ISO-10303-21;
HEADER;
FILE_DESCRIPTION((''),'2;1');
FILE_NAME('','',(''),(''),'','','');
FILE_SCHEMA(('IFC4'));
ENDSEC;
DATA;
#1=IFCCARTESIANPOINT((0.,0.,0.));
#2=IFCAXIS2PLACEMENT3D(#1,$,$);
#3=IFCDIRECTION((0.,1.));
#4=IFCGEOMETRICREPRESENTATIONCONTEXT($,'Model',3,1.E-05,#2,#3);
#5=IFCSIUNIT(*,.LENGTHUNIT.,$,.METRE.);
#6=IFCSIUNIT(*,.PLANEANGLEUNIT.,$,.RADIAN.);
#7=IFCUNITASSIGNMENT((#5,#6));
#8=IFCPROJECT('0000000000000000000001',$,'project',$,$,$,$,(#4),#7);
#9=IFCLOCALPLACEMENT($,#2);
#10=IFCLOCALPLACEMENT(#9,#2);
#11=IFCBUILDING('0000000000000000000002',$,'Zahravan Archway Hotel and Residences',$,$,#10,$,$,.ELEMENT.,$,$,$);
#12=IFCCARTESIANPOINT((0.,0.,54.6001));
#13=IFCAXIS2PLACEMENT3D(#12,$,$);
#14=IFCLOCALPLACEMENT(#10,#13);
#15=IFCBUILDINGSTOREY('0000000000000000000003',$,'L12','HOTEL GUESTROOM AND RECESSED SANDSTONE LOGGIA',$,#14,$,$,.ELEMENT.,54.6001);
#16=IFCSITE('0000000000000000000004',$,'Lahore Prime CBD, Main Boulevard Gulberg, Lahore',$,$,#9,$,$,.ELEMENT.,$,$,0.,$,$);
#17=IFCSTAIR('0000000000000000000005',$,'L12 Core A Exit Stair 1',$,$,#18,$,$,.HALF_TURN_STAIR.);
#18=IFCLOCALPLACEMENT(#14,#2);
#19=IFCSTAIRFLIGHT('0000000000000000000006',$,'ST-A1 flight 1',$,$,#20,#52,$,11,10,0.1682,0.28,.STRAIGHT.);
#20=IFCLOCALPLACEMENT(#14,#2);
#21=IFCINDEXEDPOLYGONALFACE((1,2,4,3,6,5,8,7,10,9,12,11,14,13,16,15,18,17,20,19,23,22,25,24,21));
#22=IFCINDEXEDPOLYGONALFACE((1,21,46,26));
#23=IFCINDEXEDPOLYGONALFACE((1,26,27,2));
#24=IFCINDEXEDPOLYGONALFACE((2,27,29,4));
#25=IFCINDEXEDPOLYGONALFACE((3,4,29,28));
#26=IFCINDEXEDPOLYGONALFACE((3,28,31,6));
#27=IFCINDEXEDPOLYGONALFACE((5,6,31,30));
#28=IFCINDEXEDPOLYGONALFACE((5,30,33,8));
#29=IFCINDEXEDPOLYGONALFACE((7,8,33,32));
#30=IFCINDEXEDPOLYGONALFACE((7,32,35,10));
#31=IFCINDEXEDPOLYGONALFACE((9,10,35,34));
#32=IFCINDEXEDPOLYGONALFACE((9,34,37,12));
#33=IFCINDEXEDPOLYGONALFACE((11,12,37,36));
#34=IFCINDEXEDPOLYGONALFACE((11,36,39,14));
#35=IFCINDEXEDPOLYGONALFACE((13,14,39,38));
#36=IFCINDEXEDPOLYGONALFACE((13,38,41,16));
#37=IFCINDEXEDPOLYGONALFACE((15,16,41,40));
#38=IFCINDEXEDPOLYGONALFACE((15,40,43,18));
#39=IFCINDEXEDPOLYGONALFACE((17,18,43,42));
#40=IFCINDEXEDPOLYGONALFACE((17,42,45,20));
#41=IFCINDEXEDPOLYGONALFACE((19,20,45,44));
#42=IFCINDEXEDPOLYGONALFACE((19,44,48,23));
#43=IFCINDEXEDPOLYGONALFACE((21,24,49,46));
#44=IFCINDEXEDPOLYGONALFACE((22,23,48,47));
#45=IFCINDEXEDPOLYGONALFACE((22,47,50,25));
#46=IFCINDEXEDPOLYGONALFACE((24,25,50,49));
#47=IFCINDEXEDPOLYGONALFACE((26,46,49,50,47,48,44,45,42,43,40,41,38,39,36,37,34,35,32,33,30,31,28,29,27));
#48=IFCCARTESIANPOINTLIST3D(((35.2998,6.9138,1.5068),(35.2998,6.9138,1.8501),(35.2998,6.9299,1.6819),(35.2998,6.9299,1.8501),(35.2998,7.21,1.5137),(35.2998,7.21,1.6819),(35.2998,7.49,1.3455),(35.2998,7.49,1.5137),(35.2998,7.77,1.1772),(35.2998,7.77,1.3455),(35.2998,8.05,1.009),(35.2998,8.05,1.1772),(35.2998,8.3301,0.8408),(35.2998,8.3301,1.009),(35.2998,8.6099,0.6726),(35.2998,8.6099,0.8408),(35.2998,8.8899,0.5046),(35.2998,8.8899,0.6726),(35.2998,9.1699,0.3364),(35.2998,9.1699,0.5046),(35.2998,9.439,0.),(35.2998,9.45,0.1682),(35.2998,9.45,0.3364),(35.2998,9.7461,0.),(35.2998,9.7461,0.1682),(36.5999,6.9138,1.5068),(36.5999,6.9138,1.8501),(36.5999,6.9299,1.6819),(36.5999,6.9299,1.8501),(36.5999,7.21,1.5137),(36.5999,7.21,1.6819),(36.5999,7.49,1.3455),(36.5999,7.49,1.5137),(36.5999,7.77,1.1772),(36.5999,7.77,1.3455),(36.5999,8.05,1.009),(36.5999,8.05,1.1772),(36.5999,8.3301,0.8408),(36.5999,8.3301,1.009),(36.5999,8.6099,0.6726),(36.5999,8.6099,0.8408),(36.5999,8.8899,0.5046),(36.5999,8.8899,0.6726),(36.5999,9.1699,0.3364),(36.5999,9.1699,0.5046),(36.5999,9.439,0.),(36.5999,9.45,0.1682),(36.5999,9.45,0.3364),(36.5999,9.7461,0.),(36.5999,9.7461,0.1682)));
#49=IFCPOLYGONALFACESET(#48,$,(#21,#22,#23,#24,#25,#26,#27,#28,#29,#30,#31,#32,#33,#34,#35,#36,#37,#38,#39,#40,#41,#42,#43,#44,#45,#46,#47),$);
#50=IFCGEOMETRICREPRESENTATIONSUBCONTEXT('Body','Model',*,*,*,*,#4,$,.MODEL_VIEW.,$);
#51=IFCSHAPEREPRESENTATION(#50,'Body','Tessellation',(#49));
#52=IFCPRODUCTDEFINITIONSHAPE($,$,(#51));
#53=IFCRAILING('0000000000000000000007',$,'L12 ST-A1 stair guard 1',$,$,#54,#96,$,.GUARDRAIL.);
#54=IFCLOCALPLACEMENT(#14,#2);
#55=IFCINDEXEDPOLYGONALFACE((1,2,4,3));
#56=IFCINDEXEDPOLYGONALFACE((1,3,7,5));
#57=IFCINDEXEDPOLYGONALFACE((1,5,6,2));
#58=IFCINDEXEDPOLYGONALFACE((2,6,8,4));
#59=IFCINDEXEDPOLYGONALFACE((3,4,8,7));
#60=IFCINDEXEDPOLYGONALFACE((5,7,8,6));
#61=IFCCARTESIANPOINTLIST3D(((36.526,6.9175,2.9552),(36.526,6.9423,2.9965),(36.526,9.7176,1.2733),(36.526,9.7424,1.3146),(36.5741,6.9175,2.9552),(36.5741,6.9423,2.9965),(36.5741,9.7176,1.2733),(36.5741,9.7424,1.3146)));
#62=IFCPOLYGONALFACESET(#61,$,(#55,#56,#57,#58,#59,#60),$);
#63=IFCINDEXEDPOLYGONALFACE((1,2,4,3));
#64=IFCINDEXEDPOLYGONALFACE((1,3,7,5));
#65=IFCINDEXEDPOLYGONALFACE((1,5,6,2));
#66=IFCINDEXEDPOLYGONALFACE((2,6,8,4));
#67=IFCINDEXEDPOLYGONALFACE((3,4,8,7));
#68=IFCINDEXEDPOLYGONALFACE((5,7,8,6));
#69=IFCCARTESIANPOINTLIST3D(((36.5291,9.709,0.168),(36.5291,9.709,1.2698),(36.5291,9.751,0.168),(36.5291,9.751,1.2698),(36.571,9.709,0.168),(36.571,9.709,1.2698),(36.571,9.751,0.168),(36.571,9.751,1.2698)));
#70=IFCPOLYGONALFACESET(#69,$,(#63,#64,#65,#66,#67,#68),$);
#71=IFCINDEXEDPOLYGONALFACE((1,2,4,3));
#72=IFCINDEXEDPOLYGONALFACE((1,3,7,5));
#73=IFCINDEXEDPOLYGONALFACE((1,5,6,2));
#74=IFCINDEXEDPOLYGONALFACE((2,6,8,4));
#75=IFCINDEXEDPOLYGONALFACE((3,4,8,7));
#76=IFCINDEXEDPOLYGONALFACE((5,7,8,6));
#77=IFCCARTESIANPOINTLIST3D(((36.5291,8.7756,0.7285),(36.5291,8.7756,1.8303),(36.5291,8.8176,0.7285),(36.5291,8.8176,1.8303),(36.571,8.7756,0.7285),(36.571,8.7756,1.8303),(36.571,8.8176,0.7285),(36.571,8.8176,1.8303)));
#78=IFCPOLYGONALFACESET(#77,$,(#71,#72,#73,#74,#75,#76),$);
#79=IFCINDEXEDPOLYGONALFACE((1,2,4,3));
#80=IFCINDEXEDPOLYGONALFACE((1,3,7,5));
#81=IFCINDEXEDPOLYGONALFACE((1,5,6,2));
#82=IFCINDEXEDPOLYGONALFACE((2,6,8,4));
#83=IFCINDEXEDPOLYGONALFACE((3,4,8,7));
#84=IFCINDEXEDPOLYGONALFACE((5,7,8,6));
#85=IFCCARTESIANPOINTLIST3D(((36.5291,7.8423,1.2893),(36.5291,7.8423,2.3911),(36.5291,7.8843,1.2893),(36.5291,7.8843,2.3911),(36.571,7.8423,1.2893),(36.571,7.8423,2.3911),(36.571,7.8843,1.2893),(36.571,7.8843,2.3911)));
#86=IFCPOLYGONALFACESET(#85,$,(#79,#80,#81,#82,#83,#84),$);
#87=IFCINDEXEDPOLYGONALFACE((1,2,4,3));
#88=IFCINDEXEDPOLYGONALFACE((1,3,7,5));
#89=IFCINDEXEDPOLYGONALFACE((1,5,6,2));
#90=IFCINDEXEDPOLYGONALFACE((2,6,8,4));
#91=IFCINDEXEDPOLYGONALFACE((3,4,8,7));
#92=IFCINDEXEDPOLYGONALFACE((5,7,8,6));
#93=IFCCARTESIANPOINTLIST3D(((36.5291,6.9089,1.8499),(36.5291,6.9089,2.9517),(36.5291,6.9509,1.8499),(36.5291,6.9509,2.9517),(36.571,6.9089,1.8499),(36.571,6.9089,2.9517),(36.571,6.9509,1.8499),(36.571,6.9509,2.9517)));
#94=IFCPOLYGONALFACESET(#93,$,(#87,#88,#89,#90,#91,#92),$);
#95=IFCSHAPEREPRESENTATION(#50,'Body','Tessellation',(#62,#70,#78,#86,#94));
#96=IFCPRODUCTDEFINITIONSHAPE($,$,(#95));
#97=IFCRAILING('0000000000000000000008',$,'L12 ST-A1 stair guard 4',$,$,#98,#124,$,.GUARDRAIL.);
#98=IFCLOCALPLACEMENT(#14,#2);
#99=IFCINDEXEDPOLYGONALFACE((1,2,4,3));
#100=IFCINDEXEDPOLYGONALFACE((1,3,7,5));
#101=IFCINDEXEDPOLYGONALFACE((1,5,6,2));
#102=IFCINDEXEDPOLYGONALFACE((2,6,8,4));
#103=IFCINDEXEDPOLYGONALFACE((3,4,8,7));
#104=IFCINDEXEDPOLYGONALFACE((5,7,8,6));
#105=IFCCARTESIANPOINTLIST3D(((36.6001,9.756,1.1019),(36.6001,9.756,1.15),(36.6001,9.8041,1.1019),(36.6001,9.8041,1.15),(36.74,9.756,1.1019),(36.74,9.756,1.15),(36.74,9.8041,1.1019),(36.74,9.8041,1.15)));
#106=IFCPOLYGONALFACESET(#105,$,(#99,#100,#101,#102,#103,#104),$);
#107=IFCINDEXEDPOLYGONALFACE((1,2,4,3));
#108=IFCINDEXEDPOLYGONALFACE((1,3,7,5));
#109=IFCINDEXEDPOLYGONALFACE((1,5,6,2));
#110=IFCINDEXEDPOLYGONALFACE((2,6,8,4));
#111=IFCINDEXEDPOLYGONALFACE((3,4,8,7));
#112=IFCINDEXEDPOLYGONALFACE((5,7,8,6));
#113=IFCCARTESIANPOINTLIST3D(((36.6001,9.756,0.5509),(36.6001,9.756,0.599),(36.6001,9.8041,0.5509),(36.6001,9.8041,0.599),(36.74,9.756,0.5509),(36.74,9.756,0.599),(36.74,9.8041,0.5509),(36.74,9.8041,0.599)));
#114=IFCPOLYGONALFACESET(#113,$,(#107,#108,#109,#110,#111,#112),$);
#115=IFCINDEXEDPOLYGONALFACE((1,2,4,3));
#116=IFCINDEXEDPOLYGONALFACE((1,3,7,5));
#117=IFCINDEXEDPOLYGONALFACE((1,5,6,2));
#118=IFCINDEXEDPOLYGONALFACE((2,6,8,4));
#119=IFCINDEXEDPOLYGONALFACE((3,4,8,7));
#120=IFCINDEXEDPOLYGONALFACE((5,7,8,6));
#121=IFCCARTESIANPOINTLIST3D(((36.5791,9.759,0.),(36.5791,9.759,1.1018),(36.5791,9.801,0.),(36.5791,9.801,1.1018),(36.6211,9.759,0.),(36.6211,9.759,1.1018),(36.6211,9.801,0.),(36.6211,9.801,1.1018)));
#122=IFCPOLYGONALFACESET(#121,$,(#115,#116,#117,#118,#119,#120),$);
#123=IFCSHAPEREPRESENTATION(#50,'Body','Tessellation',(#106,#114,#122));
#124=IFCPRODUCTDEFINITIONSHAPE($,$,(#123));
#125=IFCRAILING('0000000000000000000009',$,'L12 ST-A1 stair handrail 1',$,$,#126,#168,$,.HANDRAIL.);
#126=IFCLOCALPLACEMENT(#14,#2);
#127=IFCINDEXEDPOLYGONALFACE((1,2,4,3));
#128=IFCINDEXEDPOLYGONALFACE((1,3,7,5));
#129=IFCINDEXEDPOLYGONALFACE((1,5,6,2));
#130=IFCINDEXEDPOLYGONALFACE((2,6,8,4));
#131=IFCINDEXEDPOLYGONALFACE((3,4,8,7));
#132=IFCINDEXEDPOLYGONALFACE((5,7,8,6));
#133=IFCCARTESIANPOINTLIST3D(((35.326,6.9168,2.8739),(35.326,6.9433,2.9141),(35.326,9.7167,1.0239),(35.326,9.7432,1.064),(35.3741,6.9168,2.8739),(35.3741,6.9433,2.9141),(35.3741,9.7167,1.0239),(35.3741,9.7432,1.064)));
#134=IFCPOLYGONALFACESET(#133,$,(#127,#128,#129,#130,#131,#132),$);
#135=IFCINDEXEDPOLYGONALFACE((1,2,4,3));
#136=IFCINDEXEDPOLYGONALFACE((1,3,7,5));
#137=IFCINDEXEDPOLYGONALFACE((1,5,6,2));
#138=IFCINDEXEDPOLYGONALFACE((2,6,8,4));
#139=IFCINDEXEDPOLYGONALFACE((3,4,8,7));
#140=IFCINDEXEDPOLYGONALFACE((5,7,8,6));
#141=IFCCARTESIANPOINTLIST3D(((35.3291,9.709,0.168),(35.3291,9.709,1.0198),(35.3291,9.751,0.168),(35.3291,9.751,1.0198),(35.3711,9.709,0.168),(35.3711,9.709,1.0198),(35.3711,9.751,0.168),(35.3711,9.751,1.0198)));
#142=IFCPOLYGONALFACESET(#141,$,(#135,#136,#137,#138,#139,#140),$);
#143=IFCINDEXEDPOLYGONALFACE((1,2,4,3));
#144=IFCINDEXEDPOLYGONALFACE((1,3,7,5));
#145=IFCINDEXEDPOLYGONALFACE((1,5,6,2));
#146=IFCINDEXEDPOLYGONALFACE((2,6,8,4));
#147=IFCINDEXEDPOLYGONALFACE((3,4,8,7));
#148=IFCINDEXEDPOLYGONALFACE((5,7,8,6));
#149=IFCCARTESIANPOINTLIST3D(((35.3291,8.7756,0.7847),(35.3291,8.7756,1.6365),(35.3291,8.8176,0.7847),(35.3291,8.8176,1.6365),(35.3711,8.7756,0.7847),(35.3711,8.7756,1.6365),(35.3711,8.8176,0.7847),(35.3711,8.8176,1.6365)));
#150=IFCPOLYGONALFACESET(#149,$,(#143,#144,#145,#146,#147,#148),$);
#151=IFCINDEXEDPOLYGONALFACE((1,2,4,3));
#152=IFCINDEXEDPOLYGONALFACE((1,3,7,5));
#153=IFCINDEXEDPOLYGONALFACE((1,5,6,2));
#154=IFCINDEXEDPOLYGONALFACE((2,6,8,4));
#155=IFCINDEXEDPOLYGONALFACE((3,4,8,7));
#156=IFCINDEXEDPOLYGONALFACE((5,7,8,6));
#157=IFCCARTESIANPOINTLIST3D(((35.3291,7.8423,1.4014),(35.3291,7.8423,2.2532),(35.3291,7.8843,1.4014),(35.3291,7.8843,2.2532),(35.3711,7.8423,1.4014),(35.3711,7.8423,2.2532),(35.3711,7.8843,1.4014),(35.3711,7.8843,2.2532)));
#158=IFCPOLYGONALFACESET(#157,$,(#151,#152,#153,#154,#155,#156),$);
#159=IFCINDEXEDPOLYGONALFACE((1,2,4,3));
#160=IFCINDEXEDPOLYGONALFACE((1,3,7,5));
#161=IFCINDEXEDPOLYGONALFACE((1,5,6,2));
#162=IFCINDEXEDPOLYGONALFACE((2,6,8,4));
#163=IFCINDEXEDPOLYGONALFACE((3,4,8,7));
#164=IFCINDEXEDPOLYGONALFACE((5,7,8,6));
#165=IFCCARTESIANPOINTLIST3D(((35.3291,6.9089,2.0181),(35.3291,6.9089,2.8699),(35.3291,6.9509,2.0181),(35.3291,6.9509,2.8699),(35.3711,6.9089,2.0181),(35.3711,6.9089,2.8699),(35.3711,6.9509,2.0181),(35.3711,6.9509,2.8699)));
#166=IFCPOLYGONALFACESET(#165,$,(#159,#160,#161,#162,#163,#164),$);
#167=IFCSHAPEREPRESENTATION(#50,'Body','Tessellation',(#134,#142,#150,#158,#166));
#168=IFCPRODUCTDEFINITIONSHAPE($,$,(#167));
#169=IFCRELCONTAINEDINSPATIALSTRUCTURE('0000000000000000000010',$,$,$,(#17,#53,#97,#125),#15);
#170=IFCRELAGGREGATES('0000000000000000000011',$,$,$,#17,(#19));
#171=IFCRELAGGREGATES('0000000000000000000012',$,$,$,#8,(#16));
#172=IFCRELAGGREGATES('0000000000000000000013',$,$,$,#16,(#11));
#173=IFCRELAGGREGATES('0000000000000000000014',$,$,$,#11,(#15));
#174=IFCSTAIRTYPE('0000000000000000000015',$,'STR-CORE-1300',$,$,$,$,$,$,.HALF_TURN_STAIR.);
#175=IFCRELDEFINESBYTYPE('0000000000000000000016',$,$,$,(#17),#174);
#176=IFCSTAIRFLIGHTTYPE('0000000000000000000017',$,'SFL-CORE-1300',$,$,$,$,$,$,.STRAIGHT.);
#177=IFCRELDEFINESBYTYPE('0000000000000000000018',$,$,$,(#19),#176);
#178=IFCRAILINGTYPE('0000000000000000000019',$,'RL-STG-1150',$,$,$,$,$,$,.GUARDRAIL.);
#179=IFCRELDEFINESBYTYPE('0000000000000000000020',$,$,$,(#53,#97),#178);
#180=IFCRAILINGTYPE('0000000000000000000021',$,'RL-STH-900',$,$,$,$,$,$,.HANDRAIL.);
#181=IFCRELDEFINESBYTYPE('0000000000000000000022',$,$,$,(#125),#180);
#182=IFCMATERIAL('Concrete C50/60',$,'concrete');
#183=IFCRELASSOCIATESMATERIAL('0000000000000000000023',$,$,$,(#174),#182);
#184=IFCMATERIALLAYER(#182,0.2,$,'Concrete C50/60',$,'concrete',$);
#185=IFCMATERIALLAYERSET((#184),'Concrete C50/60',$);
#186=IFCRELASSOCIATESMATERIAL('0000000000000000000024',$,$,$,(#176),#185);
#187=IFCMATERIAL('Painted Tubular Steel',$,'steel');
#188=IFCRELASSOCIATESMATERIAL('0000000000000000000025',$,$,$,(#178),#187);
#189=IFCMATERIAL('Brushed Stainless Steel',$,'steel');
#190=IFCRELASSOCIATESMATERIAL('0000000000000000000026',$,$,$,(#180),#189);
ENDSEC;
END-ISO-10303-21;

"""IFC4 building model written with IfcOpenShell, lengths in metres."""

from ifc_helpers import new_model, si_unit, direction, frame, origin, origin_2d, place, context, subcontext, project, spatial, polyline, rectangle, outline, extrude, source, transform, mapped, material, layer, layer_set, type_object, element, aggregate, save


model = new_model("IFC4")

# Units and contexts
model_context = context("Model", 3, precision=1e-05, world=origin(), true_north=direction((0.0, 1.0)))
body_context = subcontext(model_context, "Body", "Model", "MODEL_VIEW")
ifc_project = project(units=[si_unit("LENGTHUNIT", "METRE"), si_unit("PLANEANGLEUNIT", "RADIAN")], contexts=[model_context])

# Site, building, storey
site_placement = place(None, origin())
site = spatial("IfcSite", under=ifc_project, at=site_placement, Name="Lahore Prime CBD, Main Boulevard Gulberg, Lahore", CompositionType="ELEMENT", RefElevation=0.0)
building_placement = place(site_placement, origin())
building = spatial("IfcBuilding", under=site, at=building_placement, Name="Zahravan Archway Hotel and Residences", CompositionType="ELEMENT")
storey_placement = place(building_placement, frame((0.0, 0.0, 54.6001)))
storey = spatial("IfcBuildingStorey", under=building, at=storey_placement, Name="L12", Description="HOTEL GUESTROOM AND RECESSED SANDSTONE LOGGIA", CompositionType="ELEMENT", Elevation=54.6001)

# Shared definitions
ifc_material_1 = material(Name="Brushed Stainless Steel", Category="steel")

# Shared definitions
ifc_material_2 = material(Name="Concrete C50/60", Category="concrete")

# Stair, stair flight
stair_type = type_object("IfcStairType", Name="STR-CORE-1300", PredefinedType="HALF_TURN_STAIR", material=ifc_material_2)
stair_placement = place(storey_placement, origin())
stair = element("IfcStair", 1, at=stair_placement, inside=storey, type_object=stair_type, Name="L12 Core A Exit Stair 1", PredefinedType="HALF_TURN_STAIR")
ifc_layer_1 = layer(ifc_material_2, 0.2, Name="Concrete C50/60", Category="concrete")
ifc_layer_set_1 = layer_set([ifc_layer_1], Name="Concrete C50/60")
stair_flight_type = type_object("IfcStairFlightType", Name="SFL-CORE-1300", PredefinedType="STRAIGHT", material=ifc_layer_set_1)
shared_shape_1 = source(origin(), body_context, "Body", "SweptSolid", [
    extrude(outline(polyline([(-0.0161, 0.0), (-0.0161, 0.1682), (0.28, 0.1682), (0.28, 0.3364), (0.5601, 0.3364), (0.5601, 0.5046), (0.8401, 0.5046), (0.8401, 0.6726), (1.1201, 0.6726), (1.1201, 0.8408), (1.3999, 0.8408), (1.3999, 1.009), (1.6799, 1.009), (1.6799, 1.1772), (1.96, 1.1772), (1.96, 1.3455), (2.24, 1.3455), (2.24, 1.5137), (2.52, 1.5137), (2.52, 1.6819), (2.8, 1.6819), (2.8, 1.8501), (2.8162, 1.8501), (2.8162, 1.5068), (0.291, 0.0), (-0.0161, 0.0)])), frame((0.0, 0.6499, 0.0), z_axis=(0.0, -1.0, 0.0), x_axis=(1.0, 0.0, 0.0)), (0.0, 0.0, 1.0), 1.3),
])
stair_flight_placement = place(storey_placement, frame((35.95, 9.73, 0.0), z_axis=(0.0, 0.0, 1.0), x_axis=(0.0, -1.0, 0.0)))
stair_flight = element("IfcStairFlight", 2, at=stair_flight_placement, type_object=stair_flight_type, Name="ST-A1 flight 1", NumberOfRisers=11, NumberOfTreads=10, PredefinedType="STRAIGHT", RiserHeight=0.1682, TreadLength=0.28, context=body_context, shape_type="MappedRepresentation", body=[
    mapped(shared_shape_1, transform((0.0, 0.0, 0.0), scale=1.0)),
])
aggregate(stair, [stair_flight])

# Railings
ifc_material_3 = material(Name="Painted Tubular Steel", Category="steel")
railing_type_1 = type_object("IfcRailingType", Name="RL-STG-1150", PredefinedType="GUARDRAIL", material=ifc_material_3)
railing_1_placement = place(storey_placement, frame((36.55, 9.73, 0.168)))
element("IfcRailing", 3, at=railing_1_placement, inside=storey, type_object=railing_type_1, Name="L12 ST-A1 stair guard 1", PredefinedType="GUARDRAIL", context=body_context, shape_type="SweptSolid", body=[
    extrude(rectangle(XDim=0.0481, YDim=0.0481, at=origin_2d()), frame((0.0, 0.0, 1.126), z_axis=(0.0, -0.857242, 0.514913), x_axis=(1.0, 0.0, 0.0)), (0.0, 0.0, 1.0), 3.2664),
    extrude(rectangle(XDim=0.042, YDim=0.042, at=origin_2d()), origin(), (0.0, 0.0, 1.0), 1.1018),
    extrude(rectangle(XDim=0.042, YDim=0.042, at=origin_2d()), frame((0.0, -0.9333, 0.5605)), (0.0, 0.0, 1.0), 1.1018),
    extrude(rectangle(XDim=0.042, YDim=0.042, at=origin_2d()), frame((0.0, -1.8667, 1.1213)), (0.0, 0.0, 1.0), 1.1018),
    extrude(rectangle(XDim=0.042, YDim=0.042, at=origin_2d()), frame((0.0, -2.8, 1.6819)), (0.0, 0.0, 1.0), 1.1018),
])
railing_2_placement = place(storey_placement, frame((36.6001, 9.78, 0.0)))
element("IfcRailing", 4, at=railing_2_placement, inside=storey, type_object=railing_type_1, Name="L12 ST-A1 stair guard 4", PredefinedType="GUARDRAIL", context=body_context, shape_type="SweptSolid", body=[
    extrude(rectangle(XDim=0.0481, YDim=0.0481, at=origin_2d()), frame((0.0, 0.0, 1.126), z_axis=(1.0, 0.0, 0.0), x_axis=(0.0, 1.0, 0.0)), (0.0, 0.0, 1.0), 0.1399),
    extrude(rectangle(XDim=0.0481, YDim=0.0481, at=origin_2d()), frame((0.0, 0.0, 0.575), z_axis=(1.0, 0.0, 0.0), x_axis=(0.0, 1.0, 0.0)), (0.0, 0.0, 1.0), 0.1399),
    extrude(rectangle(XDim=0.042, YDim=0.042, at=origin_2d()), origin(), (0.0, 0.0, 1.0), 1.1018),
])
railing_type_2 = type_object("IfcRailingType", Name="RL-STH-900", PredefinedType="HANDRAIL", material=ifc_material_1)
railing_3_placement = place(storey_placement, frame((35.3501, 9.73, 0.168)))
element("IfcRailing", 5, at=railing_3_placement, inside=storey, type_object=railing_type_2, Name="L12 ST-A1 stair handrail 1", PredefinedType="HANDRAIL", context=body_context, shape_type="SweptSolid", body=[
    extrude(rectangle(XDim=0.0481, YDim=0.0481, at=origin_2d()), frame((0.0, 0.0, 0.876), z_axis=(0.0, -0.834326, 0.551271), x_axis=(1.0, 0.0, 0.0)), (0.0, 0.0, 1.0), 3.356),
    extrude(rectangle(XDim=0.042, YDim=0.042, at=origin_2d()), origin(), (0.0, 0.0, 1.0), 0.8518),
    extrude(rectangle(XDim=0.042, YDim=0.042, at=origin_2d()), frame((0.0, -0.9333, 0.6167)), (0.0, 0.0, 1.0), 0.8518),
    extrude(rectangle(XDim=0.042, YDim=0.042, at=origin_2d()), frame((0.0, -1.8667, 1.2334)), (0.0, 0.0, 1.0), 0.8518),
    extrude(rectangle(XDim=0.042, YDim=0.042, at=origin_2d()), frame((0.0, -2.8, 1.8501)), (0.0, 0.0, 1.0), 0.8518),
])

save(model, "model.ifc")
